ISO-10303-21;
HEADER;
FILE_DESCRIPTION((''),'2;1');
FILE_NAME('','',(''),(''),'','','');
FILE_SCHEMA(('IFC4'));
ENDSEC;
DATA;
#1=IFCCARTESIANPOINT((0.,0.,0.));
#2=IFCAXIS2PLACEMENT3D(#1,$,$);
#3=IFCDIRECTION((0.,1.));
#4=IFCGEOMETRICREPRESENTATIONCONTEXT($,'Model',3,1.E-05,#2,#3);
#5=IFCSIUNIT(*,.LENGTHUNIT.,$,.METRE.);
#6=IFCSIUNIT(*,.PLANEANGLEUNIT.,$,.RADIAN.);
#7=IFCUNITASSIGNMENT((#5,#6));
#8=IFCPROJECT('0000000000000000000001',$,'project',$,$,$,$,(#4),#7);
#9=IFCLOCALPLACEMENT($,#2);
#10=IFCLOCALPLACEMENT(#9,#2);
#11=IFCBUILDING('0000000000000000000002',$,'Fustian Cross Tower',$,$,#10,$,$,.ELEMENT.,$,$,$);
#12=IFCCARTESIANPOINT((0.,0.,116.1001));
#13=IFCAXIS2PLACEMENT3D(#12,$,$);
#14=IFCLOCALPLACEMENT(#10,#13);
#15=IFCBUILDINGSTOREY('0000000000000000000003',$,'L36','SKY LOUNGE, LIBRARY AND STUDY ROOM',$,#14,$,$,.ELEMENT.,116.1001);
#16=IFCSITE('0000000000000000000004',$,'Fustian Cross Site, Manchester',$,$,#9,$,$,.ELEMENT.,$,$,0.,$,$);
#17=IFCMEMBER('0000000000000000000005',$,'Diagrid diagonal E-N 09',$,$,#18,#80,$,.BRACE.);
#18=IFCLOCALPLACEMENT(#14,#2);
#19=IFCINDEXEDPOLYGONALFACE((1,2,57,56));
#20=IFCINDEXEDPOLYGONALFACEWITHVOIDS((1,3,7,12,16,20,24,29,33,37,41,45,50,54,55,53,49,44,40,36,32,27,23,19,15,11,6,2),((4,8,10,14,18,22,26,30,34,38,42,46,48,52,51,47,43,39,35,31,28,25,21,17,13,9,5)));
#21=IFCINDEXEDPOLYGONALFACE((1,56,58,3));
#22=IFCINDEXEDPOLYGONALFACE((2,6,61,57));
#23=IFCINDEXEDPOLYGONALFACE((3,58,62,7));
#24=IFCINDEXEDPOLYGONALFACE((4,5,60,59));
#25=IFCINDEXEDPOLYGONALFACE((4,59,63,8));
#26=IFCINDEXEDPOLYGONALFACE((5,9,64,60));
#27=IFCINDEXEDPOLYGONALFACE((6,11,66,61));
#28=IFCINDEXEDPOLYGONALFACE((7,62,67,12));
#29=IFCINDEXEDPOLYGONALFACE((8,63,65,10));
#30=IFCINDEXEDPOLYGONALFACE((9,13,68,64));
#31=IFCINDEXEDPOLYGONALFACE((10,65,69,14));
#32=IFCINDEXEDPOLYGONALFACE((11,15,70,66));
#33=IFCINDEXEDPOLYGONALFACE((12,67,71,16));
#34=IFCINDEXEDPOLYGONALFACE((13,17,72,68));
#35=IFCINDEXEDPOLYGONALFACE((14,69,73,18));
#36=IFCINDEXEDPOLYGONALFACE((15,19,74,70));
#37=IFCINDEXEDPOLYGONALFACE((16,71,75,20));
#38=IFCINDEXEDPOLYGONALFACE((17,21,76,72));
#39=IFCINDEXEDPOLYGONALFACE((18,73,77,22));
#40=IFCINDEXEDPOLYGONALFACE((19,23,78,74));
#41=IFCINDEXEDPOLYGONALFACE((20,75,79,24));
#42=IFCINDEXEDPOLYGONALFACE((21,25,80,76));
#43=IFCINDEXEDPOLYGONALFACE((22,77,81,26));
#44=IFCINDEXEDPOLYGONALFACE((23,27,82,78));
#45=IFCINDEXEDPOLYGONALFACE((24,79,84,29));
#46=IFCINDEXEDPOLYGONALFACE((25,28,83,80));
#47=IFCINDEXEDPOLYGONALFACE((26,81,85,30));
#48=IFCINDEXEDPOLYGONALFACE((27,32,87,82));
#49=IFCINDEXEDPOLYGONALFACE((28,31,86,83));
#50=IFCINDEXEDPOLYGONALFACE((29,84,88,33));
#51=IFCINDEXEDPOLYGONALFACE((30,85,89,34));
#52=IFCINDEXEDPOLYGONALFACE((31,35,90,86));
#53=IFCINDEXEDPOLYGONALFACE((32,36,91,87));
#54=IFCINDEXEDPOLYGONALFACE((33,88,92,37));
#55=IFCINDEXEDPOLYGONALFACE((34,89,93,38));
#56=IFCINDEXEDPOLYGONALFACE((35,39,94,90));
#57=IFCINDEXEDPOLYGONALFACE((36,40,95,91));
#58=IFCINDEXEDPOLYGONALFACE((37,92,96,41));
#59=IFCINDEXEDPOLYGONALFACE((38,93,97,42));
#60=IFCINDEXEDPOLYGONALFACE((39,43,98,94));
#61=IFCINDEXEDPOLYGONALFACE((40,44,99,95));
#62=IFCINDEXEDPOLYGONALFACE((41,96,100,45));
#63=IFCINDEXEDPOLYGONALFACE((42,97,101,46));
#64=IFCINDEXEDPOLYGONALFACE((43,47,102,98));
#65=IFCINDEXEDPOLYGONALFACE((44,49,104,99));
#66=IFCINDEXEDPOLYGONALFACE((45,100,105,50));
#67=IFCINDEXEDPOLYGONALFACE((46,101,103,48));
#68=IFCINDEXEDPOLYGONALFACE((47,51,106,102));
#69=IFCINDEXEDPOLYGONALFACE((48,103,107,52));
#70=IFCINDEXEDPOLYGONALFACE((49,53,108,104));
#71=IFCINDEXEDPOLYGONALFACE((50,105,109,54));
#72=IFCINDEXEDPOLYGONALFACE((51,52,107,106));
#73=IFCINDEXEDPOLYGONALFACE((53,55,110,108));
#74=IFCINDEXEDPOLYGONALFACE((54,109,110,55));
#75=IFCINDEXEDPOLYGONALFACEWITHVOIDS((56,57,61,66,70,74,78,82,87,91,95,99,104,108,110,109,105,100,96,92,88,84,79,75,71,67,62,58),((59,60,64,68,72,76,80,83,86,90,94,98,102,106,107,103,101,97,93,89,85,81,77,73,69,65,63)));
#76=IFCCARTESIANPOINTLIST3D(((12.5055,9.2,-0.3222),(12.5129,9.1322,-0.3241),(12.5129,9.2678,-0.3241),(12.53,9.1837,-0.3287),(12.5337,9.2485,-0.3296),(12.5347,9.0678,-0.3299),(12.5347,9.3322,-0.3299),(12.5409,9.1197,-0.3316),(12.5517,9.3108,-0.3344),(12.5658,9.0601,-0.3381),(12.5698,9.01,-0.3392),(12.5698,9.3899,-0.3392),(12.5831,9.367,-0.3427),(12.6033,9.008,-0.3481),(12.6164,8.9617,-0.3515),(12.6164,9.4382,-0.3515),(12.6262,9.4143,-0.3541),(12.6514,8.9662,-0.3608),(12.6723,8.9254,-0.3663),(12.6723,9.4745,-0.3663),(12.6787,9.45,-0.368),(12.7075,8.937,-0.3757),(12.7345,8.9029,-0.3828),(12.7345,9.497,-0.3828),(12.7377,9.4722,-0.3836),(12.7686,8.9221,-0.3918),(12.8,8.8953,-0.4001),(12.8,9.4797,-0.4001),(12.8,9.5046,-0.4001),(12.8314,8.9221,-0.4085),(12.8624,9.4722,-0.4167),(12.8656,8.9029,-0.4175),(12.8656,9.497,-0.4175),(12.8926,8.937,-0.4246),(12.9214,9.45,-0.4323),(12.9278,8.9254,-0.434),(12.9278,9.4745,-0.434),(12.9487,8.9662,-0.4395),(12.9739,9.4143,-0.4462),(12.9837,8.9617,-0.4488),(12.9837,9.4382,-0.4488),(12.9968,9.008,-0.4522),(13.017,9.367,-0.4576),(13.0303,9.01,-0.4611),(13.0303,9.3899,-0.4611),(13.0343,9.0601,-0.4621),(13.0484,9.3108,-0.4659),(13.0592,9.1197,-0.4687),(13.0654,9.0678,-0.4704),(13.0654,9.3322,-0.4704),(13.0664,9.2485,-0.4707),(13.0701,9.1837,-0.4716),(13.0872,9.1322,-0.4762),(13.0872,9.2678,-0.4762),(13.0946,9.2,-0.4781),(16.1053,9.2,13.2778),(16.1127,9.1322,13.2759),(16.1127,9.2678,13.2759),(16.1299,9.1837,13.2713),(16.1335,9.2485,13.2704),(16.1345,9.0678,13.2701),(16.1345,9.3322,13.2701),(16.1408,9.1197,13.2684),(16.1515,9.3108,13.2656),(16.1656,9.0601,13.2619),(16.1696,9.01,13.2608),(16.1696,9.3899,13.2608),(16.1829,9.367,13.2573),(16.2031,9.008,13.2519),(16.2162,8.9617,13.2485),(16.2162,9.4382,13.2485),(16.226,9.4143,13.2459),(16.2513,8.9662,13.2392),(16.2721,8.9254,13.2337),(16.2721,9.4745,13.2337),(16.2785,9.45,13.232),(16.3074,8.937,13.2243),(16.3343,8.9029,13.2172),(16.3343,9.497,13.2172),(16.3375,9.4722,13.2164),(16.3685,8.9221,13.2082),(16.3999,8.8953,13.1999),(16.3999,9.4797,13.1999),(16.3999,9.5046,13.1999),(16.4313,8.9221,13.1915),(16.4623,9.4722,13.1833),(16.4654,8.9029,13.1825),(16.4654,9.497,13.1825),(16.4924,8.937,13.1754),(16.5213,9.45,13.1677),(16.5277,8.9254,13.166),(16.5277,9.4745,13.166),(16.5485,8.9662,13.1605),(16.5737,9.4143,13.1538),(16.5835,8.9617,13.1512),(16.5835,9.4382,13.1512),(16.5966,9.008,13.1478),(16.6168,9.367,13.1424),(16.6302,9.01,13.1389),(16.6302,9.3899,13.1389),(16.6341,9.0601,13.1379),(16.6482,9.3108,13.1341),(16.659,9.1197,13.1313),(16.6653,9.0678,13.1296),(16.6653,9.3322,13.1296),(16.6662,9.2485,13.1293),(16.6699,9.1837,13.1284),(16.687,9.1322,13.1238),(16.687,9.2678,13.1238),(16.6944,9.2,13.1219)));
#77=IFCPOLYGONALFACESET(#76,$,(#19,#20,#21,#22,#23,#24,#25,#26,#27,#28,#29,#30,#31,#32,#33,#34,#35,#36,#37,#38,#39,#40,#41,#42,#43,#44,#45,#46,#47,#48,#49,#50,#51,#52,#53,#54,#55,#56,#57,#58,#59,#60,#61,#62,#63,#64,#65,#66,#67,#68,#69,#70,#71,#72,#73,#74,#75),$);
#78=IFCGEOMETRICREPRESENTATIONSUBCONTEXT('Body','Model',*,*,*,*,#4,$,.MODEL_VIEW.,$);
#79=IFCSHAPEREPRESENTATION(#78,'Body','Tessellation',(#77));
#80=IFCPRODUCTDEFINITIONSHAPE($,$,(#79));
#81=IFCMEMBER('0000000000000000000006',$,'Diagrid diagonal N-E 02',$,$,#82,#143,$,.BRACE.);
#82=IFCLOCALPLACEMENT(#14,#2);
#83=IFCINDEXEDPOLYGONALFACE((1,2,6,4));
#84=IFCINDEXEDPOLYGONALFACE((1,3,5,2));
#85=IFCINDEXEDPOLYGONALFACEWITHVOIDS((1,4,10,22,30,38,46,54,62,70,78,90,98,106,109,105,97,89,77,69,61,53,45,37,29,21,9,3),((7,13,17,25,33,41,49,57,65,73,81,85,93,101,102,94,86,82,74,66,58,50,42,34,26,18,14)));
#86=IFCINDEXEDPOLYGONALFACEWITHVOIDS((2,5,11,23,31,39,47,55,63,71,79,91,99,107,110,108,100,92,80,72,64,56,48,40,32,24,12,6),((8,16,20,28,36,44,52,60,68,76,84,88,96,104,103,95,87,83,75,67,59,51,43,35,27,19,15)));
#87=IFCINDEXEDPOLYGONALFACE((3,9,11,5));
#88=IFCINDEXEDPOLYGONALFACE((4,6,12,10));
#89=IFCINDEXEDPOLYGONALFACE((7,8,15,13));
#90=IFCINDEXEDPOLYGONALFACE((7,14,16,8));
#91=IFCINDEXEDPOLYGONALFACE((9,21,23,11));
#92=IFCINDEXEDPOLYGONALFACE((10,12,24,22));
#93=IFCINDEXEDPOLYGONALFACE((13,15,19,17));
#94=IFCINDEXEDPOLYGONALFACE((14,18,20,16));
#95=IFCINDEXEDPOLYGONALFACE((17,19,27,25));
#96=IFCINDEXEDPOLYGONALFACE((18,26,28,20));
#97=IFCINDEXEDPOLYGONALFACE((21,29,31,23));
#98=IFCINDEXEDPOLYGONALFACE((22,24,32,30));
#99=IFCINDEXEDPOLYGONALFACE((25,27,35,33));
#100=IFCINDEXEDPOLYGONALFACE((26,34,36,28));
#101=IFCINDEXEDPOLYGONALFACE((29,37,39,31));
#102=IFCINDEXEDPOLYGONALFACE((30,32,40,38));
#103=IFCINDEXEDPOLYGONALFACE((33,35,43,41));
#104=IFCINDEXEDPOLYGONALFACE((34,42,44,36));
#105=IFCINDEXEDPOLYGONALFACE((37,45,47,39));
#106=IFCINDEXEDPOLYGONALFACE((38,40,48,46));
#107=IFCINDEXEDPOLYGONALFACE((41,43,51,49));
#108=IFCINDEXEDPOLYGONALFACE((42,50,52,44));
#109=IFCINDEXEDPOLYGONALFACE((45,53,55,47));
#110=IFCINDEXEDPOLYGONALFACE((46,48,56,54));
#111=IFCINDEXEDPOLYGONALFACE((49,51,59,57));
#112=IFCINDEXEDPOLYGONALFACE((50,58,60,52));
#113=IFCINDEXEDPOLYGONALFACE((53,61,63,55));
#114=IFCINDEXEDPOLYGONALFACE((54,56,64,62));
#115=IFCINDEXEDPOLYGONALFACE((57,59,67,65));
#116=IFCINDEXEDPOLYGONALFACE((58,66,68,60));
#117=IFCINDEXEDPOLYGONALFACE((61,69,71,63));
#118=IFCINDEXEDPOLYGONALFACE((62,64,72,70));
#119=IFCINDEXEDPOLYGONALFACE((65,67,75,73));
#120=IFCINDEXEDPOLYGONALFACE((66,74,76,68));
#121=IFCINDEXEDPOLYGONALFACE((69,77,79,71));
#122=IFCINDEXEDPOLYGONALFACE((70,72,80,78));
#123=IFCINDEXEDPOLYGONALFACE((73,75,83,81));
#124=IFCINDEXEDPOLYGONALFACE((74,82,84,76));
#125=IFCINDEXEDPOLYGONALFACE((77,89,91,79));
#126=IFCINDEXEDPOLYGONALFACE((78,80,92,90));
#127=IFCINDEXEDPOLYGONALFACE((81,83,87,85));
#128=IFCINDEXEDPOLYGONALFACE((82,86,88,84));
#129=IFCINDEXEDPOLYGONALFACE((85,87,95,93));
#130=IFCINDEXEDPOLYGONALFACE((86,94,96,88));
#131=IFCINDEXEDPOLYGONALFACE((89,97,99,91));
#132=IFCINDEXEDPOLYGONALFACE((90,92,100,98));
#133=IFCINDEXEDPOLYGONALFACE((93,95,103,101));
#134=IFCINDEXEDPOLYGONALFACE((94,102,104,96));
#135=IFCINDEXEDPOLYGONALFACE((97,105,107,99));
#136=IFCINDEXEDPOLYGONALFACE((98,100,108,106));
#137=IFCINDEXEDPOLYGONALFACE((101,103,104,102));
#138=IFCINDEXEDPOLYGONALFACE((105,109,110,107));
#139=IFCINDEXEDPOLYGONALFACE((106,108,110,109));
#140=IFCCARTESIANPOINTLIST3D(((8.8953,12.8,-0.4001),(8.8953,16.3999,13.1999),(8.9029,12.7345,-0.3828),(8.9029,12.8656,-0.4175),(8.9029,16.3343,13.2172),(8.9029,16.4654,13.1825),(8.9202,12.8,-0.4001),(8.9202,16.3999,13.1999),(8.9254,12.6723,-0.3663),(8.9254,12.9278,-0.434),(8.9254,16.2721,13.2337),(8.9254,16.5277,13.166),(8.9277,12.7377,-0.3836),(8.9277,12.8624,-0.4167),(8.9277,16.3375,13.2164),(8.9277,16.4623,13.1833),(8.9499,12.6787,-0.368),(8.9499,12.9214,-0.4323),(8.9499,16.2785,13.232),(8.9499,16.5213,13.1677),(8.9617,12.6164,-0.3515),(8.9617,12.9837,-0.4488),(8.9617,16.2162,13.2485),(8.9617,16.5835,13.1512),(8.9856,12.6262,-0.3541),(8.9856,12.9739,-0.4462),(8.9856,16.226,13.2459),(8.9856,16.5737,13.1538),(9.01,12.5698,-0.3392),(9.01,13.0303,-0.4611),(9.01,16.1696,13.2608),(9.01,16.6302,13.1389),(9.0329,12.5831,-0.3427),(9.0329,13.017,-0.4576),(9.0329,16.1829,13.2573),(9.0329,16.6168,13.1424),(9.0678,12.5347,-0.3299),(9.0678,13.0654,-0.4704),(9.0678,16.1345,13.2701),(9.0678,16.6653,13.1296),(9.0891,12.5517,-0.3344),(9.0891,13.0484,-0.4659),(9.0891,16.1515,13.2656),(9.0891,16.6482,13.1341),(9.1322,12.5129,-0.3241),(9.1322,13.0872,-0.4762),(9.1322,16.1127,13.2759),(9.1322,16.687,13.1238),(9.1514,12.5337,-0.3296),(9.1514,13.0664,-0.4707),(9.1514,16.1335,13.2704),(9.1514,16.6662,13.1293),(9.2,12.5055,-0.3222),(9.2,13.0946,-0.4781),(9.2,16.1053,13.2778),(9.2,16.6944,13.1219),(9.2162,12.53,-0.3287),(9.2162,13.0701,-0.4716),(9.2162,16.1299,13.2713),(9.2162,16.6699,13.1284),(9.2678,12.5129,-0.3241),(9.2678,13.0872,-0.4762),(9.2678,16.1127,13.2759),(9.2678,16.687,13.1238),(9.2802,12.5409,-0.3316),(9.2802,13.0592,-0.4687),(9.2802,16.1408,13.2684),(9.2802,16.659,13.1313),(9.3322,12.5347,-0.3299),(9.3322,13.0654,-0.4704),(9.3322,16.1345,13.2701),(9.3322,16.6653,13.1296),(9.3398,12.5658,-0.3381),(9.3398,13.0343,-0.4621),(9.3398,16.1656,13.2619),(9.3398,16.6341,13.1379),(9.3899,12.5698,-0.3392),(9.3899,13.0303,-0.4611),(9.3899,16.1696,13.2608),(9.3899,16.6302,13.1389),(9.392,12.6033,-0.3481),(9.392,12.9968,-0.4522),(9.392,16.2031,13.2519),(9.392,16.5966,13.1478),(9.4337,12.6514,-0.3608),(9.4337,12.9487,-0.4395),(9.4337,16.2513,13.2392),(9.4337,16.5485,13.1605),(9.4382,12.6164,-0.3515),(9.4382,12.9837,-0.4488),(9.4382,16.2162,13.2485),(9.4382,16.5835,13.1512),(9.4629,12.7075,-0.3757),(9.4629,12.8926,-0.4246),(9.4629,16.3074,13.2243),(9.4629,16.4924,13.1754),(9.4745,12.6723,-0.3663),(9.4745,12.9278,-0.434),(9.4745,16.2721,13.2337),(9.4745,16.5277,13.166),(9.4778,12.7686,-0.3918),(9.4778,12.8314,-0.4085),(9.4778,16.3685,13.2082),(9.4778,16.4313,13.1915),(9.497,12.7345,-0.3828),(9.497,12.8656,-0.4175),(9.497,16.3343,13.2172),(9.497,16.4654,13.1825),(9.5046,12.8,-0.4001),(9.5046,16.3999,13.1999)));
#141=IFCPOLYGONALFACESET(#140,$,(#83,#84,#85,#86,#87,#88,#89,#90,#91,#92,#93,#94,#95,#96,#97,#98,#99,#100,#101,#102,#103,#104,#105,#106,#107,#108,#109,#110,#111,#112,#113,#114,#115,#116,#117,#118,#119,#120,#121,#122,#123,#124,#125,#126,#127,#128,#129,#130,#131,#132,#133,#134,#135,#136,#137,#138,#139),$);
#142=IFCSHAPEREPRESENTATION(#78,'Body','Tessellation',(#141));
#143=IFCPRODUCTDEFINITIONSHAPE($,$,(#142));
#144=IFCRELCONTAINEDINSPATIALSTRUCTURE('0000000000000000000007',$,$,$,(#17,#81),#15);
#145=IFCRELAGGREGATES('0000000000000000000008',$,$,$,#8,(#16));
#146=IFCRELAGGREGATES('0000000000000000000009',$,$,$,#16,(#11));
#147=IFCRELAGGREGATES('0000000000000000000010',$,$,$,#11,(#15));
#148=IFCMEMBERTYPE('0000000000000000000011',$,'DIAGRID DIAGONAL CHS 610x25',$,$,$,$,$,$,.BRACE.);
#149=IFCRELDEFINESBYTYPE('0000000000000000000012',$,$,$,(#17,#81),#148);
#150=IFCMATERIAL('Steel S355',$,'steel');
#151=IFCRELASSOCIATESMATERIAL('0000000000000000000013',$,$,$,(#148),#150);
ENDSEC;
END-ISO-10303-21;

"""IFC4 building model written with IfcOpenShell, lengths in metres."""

from ifc_helpers import new_model, si_unit, direction, frame, origin, origin_2d, place, context, subcontext, project, spatial, hollow_circle, extrude, material, material_profile, profile_set, type_object, element, save


model = new_model("IFC4")

# Units and contexts
model_context = context("Model", 3, precision=1e-05, world=origin(), true_north=direction((0.0, 1.0)))
body_context = subcontext(model_context, "Body", "Model", "MODEL_VIEW")
ifc_project = project(units=[si_unit("LENGTHUNIT", "METRE"), si_unit("PLANEANGLEUNIT", "RADIAN")], contexts=[model_context])

# Site, building, storey
site_placement = place(None, origin())
site = spatial("IfcSite", under=ifc_project, at=site_placement, Name="Fustian Cross Site, Manchester", CompositionType="ELEMENT", RefElevation=0.0)
building_placement = place(site_placement, origin())
building = spatial("IfcBuilding", under=site, at=building_placement, Name="Fustian Cross Tower", CompositionType="ELEMENT")
storey_placement = place(building_placement, frame((0.0, 0.0, 116.1001)))
storey = spatial("IfcBuildingStorey", under=building, at=storey_placement, Name="L36", Description="SKY LOUNGE, LIBRARY AND STUDY ROOM", CompositionType="ELEMENT", Elevation=116.1001)

# Members
ifc_material_1 = material(Name="Steel S355", Category="steel")
ifc_material_profile_1 = material_profile(ifc_material_1, hollow_circle(Radius=0.3047, WallThickness=0.0249, at=origin_2d()), Name="CHS 610x25")
ifc_profile_set_1 = profile_set([ifc_material_profile_1], Name="Steel S355")
member_type_1 = type_object("IfcMemberType", Name="DIAGRID DIAGONAL CHS 610x25", PredefinedType="BRACE", material=ifc_profile_set_1)
for number, where, z_axis, x_axis, name in (
    (1, (12.8, 9.2, -0.4001), (0.255881, 0.0, 0.966708), (0.0, 1.0, 0.0), "Diagrid diagonal E-N 09"),
    (2, (9.2, 12.8, -0.4001), (0.0, 0.255881, 0.966708), (-1.0, 0.0, 0.0), "Diagrid diagonal N-E 02"),
):
    element("IfcMember", number, at=place(storey_placement, frame(where, z_axis=z_axis, x_axis=x_axis)), inside=storey, type_object=member_type_1, Name=name, PredefinedType="BRACE", context=body_context, shape_type="SweptSolid", body=[
        extrude(hollow_circle(Radius=0.3047, WallThickness=0.0249, at=origin_2d()), origin(), (0.0, 0.0, 1.0), 14.0684),
    ])

save(model, "model.ifc")
